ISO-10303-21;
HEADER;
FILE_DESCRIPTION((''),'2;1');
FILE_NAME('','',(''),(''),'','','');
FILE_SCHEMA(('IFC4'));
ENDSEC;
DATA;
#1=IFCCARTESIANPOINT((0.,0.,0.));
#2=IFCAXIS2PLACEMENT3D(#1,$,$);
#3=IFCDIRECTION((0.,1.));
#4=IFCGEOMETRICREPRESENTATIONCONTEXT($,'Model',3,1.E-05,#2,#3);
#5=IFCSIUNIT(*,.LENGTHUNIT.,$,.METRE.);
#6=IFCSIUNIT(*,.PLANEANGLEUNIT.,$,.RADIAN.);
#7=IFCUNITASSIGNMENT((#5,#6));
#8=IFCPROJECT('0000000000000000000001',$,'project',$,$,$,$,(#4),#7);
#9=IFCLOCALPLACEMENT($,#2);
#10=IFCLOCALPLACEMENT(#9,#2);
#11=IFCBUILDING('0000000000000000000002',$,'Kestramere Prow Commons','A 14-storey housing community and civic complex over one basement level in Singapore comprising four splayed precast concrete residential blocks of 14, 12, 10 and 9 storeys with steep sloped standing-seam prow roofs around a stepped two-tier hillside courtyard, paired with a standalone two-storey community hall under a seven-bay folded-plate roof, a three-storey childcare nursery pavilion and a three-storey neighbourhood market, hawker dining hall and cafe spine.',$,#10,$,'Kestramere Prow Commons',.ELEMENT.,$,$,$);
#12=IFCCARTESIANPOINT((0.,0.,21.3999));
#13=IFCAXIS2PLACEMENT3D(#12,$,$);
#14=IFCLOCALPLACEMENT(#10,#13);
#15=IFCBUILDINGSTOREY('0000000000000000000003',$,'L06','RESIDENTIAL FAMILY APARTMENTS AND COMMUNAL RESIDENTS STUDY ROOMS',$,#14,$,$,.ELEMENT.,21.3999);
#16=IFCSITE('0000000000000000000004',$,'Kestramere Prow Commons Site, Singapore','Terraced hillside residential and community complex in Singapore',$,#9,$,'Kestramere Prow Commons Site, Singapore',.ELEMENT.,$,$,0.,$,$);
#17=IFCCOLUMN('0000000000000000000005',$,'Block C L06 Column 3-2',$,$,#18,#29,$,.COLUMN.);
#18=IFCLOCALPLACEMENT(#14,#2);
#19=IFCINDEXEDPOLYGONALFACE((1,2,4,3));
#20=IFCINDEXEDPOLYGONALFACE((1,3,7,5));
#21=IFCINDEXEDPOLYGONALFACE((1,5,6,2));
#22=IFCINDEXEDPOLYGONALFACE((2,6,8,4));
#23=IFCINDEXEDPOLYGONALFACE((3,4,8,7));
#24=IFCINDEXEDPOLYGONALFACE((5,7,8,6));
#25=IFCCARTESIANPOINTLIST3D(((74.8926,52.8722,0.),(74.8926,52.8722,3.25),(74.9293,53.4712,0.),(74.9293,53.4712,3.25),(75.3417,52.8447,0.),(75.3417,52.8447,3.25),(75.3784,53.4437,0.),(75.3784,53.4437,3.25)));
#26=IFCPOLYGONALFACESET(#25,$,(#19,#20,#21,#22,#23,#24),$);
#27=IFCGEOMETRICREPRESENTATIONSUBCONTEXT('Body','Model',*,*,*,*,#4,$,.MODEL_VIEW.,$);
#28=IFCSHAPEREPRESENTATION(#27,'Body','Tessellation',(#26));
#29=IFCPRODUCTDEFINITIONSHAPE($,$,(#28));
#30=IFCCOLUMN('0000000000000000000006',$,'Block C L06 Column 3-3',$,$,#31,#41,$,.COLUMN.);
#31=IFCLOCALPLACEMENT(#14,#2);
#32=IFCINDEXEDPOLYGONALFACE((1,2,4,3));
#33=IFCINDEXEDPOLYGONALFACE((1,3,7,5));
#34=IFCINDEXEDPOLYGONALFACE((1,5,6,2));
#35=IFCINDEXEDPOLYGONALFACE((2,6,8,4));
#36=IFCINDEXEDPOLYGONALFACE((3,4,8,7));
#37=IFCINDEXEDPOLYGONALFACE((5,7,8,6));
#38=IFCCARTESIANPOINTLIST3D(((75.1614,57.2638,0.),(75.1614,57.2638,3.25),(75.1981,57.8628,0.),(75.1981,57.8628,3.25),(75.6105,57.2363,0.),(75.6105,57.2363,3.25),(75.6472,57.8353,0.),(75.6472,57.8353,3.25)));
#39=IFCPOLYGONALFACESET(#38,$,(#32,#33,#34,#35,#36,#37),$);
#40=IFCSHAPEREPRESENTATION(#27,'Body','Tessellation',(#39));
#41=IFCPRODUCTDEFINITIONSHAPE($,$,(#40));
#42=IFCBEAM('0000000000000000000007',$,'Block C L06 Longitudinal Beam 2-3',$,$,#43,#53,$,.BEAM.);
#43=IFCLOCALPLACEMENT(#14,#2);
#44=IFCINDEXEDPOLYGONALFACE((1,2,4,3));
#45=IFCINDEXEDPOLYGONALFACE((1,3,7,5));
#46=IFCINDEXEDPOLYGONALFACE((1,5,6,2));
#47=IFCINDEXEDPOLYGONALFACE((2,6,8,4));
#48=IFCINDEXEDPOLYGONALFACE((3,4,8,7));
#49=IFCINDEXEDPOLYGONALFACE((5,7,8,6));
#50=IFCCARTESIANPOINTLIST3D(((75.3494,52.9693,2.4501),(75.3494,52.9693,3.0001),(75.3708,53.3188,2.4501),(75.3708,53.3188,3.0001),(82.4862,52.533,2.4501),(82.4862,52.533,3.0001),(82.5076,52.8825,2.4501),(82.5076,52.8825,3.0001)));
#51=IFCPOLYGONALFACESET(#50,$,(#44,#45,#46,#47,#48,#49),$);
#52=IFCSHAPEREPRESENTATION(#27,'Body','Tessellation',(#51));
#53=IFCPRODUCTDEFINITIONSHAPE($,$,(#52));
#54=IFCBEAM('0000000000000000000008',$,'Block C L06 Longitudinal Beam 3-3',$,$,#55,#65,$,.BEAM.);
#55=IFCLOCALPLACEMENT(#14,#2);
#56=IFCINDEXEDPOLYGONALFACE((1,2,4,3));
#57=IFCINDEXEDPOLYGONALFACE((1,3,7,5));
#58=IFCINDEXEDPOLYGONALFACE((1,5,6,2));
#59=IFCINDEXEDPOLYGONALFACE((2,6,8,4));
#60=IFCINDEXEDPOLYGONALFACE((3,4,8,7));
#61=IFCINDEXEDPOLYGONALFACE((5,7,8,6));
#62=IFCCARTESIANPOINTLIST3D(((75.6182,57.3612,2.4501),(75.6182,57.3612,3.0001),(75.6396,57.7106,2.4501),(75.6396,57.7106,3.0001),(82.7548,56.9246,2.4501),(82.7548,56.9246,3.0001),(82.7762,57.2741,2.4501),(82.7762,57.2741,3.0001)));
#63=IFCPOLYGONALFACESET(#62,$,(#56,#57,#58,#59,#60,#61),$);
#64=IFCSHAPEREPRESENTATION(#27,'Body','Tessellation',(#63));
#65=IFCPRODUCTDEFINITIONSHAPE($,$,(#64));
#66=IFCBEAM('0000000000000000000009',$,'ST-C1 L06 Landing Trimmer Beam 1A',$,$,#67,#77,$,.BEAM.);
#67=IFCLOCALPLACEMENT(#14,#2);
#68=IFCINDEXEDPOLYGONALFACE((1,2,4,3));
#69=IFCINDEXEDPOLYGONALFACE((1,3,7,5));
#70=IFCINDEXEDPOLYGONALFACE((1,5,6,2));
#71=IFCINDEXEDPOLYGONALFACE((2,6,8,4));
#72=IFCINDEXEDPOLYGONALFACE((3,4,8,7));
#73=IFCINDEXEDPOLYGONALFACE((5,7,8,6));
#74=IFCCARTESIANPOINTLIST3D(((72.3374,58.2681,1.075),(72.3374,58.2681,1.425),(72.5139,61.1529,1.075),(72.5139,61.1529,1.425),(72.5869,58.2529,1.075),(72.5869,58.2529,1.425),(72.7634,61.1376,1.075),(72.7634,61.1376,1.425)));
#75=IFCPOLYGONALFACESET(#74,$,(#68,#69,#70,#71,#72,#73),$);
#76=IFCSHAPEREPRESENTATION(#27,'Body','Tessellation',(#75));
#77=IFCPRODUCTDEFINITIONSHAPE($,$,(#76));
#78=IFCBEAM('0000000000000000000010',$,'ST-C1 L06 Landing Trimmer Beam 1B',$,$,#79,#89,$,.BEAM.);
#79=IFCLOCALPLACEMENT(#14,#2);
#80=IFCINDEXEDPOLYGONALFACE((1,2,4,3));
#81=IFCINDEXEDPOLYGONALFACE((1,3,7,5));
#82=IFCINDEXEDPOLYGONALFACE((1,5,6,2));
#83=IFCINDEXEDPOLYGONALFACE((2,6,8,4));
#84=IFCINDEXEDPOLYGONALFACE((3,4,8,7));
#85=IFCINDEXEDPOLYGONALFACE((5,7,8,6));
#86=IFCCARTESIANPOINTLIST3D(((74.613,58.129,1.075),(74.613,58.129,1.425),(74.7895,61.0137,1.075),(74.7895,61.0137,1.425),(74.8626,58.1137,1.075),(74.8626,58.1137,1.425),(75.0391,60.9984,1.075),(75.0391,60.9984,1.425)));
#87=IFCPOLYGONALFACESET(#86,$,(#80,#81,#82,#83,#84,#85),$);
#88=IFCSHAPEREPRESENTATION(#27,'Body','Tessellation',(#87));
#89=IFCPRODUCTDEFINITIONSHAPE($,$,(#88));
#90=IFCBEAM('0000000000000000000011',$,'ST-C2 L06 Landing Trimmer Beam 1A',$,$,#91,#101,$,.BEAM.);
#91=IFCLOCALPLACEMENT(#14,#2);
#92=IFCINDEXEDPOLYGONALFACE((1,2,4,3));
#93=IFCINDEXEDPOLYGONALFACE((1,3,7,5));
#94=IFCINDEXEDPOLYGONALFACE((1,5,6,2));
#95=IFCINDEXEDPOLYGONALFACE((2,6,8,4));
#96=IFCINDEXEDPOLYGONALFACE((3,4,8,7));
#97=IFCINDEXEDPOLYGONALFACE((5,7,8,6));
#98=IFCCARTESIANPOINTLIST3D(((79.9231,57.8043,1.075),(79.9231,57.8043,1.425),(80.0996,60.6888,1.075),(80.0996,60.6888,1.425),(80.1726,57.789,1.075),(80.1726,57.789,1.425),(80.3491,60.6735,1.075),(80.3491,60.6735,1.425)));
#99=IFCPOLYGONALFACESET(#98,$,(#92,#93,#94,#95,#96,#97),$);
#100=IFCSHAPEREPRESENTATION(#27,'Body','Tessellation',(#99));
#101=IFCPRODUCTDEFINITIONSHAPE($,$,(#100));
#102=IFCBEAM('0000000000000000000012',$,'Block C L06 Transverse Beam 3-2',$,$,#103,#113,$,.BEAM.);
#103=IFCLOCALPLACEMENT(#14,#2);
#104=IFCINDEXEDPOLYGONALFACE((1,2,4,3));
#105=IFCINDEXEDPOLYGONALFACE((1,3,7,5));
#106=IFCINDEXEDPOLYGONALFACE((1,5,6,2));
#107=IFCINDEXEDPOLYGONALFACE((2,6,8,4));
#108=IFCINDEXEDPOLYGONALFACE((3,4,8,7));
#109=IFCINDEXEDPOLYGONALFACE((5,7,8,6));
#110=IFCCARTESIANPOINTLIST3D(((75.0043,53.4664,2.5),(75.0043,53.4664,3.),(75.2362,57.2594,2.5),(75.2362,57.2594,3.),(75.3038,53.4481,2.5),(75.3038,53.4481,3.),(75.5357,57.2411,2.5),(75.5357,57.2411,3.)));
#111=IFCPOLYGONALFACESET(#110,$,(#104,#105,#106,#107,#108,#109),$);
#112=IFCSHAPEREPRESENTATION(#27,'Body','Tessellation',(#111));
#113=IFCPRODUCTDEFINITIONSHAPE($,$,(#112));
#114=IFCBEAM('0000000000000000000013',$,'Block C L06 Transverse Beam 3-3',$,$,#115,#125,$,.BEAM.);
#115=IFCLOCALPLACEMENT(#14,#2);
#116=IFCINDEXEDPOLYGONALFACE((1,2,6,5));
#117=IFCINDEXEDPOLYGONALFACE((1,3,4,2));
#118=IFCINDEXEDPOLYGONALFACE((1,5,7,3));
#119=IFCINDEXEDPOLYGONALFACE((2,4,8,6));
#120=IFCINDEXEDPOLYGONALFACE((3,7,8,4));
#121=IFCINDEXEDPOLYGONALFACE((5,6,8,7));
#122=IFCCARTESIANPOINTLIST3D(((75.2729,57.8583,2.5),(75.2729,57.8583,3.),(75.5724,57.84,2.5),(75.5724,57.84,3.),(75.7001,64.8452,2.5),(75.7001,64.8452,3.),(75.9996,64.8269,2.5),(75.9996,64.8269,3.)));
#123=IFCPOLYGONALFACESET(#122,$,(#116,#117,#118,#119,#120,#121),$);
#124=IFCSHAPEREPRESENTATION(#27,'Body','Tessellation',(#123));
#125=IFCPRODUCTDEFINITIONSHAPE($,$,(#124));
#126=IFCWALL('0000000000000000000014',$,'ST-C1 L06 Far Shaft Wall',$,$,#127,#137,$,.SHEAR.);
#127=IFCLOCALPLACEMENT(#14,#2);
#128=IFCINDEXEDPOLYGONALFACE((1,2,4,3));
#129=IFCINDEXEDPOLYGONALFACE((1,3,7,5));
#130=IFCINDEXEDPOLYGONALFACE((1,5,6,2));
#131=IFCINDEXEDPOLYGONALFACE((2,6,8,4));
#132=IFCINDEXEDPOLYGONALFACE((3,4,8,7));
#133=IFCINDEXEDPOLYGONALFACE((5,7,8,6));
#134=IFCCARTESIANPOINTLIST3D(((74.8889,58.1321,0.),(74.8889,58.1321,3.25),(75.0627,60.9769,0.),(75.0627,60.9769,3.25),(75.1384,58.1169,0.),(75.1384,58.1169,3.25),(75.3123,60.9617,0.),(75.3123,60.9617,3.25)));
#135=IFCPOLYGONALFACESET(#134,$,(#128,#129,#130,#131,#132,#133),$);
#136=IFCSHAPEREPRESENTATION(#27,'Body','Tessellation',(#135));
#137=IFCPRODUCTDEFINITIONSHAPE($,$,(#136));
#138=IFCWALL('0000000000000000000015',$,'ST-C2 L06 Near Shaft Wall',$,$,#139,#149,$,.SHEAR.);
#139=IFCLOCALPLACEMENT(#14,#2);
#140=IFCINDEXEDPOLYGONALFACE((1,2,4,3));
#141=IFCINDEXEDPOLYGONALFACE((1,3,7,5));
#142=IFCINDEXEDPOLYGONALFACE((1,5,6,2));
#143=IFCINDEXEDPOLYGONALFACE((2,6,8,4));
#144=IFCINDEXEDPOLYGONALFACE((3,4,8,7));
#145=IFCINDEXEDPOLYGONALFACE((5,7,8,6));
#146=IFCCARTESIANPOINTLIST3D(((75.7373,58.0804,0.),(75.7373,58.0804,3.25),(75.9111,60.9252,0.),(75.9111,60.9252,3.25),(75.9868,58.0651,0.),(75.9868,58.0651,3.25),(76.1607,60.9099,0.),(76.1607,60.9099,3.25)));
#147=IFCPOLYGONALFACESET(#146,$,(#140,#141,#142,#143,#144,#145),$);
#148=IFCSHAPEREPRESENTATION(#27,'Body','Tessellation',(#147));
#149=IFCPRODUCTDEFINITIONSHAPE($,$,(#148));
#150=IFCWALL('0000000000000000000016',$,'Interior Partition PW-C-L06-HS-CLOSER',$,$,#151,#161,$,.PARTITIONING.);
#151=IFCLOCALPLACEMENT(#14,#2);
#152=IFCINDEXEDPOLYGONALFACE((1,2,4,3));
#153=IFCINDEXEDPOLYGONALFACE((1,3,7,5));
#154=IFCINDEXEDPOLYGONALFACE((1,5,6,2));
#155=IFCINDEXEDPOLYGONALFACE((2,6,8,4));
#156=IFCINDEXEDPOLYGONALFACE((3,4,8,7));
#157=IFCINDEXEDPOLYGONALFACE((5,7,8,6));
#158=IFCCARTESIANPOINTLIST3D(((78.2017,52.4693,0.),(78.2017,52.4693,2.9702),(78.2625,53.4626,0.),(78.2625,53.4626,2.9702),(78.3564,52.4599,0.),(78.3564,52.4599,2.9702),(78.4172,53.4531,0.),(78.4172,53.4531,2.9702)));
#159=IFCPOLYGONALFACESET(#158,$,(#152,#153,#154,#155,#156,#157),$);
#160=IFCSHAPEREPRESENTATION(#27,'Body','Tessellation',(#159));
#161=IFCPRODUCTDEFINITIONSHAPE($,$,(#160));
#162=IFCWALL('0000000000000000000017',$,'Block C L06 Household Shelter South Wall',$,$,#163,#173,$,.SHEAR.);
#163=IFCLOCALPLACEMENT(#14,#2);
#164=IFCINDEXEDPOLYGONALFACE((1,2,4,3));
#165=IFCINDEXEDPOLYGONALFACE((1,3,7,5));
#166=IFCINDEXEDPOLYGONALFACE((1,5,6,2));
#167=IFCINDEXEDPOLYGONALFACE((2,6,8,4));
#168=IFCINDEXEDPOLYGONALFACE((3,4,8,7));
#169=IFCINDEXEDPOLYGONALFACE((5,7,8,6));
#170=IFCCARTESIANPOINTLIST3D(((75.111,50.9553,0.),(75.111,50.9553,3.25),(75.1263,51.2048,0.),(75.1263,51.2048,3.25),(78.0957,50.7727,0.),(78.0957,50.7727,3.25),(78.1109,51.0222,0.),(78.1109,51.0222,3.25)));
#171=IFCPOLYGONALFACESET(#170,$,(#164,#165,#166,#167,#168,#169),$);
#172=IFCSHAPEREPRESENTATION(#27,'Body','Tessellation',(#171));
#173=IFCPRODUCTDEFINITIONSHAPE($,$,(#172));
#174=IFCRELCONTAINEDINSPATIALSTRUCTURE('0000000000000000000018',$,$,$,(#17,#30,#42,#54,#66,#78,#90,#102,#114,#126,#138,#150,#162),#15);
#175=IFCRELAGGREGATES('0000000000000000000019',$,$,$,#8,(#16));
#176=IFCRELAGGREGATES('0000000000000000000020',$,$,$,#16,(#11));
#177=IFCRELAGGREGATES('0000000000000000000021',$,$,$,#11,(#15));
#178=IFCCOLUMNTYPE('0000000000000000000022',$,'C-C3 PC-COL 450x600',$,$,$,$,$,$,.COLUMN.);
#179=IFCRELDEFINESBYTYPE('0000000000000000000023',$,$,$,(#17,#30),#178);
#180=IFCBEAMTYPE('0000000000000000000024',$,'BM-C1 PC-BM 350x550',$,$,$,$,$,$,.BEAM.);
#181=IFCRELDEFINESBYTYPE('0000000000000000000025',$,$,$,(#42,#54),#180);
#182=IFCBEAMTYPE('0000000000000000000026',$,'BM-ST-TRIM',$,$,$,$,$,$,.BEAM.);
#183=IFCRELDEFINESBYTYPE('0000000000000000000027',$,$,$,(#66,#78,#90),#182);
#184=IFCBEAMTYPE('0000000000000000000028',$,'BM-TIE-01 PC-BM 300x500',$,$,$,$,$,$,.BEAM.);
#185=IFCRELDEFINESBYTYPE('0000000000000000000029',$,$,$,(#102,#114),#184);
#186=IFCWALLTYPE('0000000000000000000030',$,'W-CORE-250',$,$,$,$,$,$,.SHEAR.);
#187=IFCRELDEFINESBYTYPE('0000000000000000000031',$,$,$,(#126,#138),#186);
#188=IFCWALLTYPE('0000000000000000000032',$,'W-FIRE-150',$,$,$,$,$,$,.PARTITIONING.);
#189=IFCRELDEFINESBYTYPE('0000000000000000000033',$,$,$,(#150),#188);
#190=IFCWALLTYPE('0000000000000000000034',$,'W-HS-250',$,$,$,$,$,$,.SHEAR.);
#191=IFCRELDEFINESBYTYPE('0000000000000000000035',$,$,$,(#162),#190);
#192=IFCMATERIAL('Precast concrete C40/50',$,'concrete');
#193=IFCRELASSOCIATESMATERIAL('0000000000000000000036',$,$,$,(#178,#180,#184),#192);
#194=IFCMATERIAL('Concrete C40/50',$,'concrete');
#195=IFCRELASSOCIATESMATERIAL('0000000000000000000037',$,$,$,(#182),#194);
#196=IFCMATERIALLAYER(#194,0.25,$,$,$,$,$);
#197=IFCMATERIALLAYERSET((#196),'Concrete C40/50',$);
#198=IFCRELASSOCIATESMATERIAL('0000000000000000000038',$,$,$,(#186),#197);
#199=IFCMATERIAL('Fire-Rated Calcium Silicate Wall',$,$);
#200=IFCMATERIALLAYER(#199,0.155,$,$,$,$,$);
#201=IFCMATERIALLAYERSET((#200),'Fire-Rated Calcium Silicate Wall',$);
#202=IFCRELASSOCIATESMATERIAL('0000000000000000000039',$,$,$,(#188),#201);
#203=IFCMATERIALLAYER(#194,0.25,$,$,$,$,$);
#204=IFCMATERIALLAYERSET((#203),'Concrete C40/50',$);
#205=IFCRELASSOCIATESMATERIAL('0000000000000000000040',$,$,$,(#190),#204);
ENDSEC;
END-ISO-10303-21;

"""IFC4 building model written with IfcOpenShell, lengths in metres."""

from ifc_helpers import new_model, si_unit, direction, frame, frame_2d, origin, origin_2d, place, context, subcontext, project, spatial, rectangle, extrude, material, layer, layer_set, material_profile, profile_set, type_object, element, save


model = new_model("IFC4")

# Units and contexts
model_context = context("Model", 3, precision=1e-05, world=origin(), true_north=direction((0.0, 1.0)))
body_context = subcontext(model_context, "Body", "Model", "MODEL_VIEW")
ifc_project = project(units=[si_unit("LENGTHUNIT", "METRE"), si_unit("PLANEANGLEUNIT", "RADIAN")], contexts=[model_context])

# Site, building, storey
site_placement = place(None, origin())
site = spatial("IfcSite", under=ifc_project, at=site_placement, Name="Kestramere Prow Commons Site, Singapore", Description="Terraced hillside residential and community complex in Singapore", LongName="Kestramere Prow Commons Site, Singapore", CompositionType="ELEMENT", RefElevation=0.0)
building_placement = place(site_placement, origin())
building = spatial("IfcBuilding", under=site, at=building_placement, Name="Kestramere Prow Commons", Description="A 14-storey housing community and civic complex over one basement level in Singapore comprising four splayed precast concrete residential blocks of 14, 12, 10 and 9 storeys with steep sloped standing-seam prow roofs around a stepped two-tier hillside courtyard, paired with a standalone two-storey community hall under a seven-bay folded-plate roof, a three-storey childcare nursery pavilion and a three-storey neighbourhood market, hawker dining hall and cafe spine.", LongName="Kestramere Prow Commons", CompositionType="ELEMENT")
storey_placement = place(building_placement, frame((0.0, 0.0, 21.3999)))
storey = spatial("IfcBuildingStorey", under=building, at=storey_placement, Name="L06", Description="RESIDENTIAL FAMILY APARTMENTS AND COMMUNAL RESIDENTS STUDY ROOMS", CompositionType="ELEMENT", Elevation=21.3999)

# Columns
ifc_material_1 = material(Name="Precast concrete C40/50", Category="concrete")
ifc_material_profile_1 = material_profile(ifc_material_1, rectangle(XDim=0.45, YDim=0.6001, at=origin_2d()), Name="PC-COL 450x600")
ifc_profile_set_1 = profile_set([ifc_material_profile_1], Name="Precast concrete C40/50")
column_type = type_object("IfcColumnType", Name="C-C3 PC-COL 450x600", PredefinedType="COLUMN", material=ifc_profile_set_1)
for number, where, z_axis, x_axis, name in (
    (1, (75.1355, 53.158, 0.0), (0.0, 0.0, 1.0), (0.998135, -0.061049, 0.0), "Block C L06 Column 3-2"),
    (2, (75.4043, 57.5496, 0.0), (0.0, 0.0, 1.0), (0.998135, -0.061049, 0.0), "Block C L06 Column 3-3"),
):
    element("IfcColumn", number, at=place(storey_placement, frame(where, z_axis=z_axis, x_axis=x_axis)), inside=storey, type_object=column_type, Name=name, PredefinedType="COLUMN", context=body_context, shape_type="SweptSolid", body=[
        extrude(rectangle(XDim=0.45, YDim=0.6001, at=origin_2d()), origin(), (0.0, 0.0, 1.0), 3.25),
    ])

# Beams
ifc_material_profile_2 = material_profile(ifc_material_1, rectangle(XDim=0.3501, YDim=0.55, at=origin_2d()), Name="PC-BM 350x550")
ifc_profile_set_2 = profile_set([ifc_material_profile_2], Name="Precast concrete C40/50")
beam_type_1 = type_object("IfcBeamType", Name="BM-C1 PC-BM 350x550", PredefinedType="BEAM", material=ifc_profile_set_2)
beam_1_placement = place(storey_placement, frame((75.3601, 53.144, 2.7251), z_axis=(0.998137, -0.061018, 0.0), x_axis=(0.061018, 0.998137, 0.0)))
element("IfcBeam", 3, at=beam_1_placement, inside=storey, type_object=beam_type_1, Name="Block C L06 Longitudinal Beam 2-3", PredefinedType="BEAM", context=body_context, shape_type="SweptSolid", body=[
    extrude(rectangle(XDim=0.3501, YDim=0.55, at=origin_2d()), origin(), (0.0, 0.0, 1.0), 7.1501),
])
beam_2_placement = place(storey_placement, frame((75.6289, 57.5359, 2.7251), z_axis=(0.998134, -0.061054, 0.0), x_axis=(0.061054, 0.998134, 0.0)))
element("IfcBeam", 4, at=beam_2_placement, inside=storey, type_object=beam_type_1, Name="Block C L06 Longitudinal Beam 3-3", PredefinedType="BEAM", context=body_context, shape_type="SweptSolid", body=[
    extrude(rectangle(XDim=0.3501, YDim=0.55, at=origin_2d()), origin(), (0.0, 0.0, 1.0), 7.1499),
])
ifc_material_2 = material(Name="Concrete C40/50", Category="concrete")
ifc_material_profile_3 = material_profile(ifc_material_2, rectangle(XDim=0.25, YDim=0.3501, at=origin_2d()), Name="PC-BM 250x350")
ifc_profile_set_3 = profile_set([ifc_material_profile_3], Name="Concrete C40/50")
beam_type_2 = type_object("IfcBeamType", Name="BM-ST-TRIM", PredefinedType="BEAM", material=ifc_profile_set_3)
for number, where, z_axis, x_axis, name in (
    (5, (72.4622, 58.2605, 1.25), (0.061074, 0.998133, 0.0), (-0.998133, 0.061074, 0.0), "ST-C1 L06 Landing Trimmer Beam 1A"),
    (6, (74.7378, 58.1213, 1.25), (0.061074, 0.998133, 0.0), (-0.998133, 0.061074, 0.0), "ST-C1 L06 Landing Trimmer Beam 1B"),
):
    element("IfcBeam", number, at=place(storey_placement, frame(where, z_axis=z_axis, x_axis=x_axis)), inside=storey, type_object=beam_type_2, Name=name, PredefinedType="BEAM", context=body_context, shape_type="SweptSolid", body=[
        extrude(rectangle(XDim=0.25, YDim=0.3501, at=origin_2d()), origin(), (0.0, 0.0, 1.0), 2.8901),
    ])
beam_3_placement = place(storey_placement, frame((80.0479, 57.7966, 1.25), z_axis=(0.061079, 0.998133, 0.0), x_axis=(-0.998133, 0.061079, 0.0)))
element("IfcBeam", 7, at=beam_3_placement, inside=storey, type_object=beam_type_2, Name="ST-C2 L06 Landing Trimmer Beam 1A", PredefinedType="BEAM", context=body_context, shape_type="SweptSolid", body=[
    extrude(rectangle(XDim=0.25, YDim=0.3501, at=origin_2d()), origin(), (0.0, 0.0, 1.0), 2.8899),
])
ifc_material_profile_4 = material_profile(ifc_material_1, rectangle(XDim=0.3, YDim=0.5, at=origin_2d()), Name="PC-BM 300x500")
ifc_profile_set_4 = profile_set([ifc_material_profile_4], Name="Precast concrete C40/50")
beam_type_3 = type_object("IfcBeamType", Name="BM-TIE-01 PC-BM 300x500", PredefinedType="BEAM", material=ifc_profile_set_4)
beam_4_placement = place(storey_placement, frame((75.1541, 53.4573, 2.75), z_axis=(0.061034, 0.998136, 0.0), x_axis=(-0.998136, 0.061034, 0.0)))
element("IfcBeam", 8, at=beam_4_placement, inside=storey, type_object=beam_type_3, Name="Block C L06 Transverse Beam 3-2", PredefinedType="BEAM", context=body_context, shape_type="SweptSolid", body=[
    extrude(rectangle(XDim=0.3, YDim=0.5, at=origin_2d()), origin(), (0.0, 0.0, 1.0), 3.8),
])
beam_5_placement = place(storey_placement, frame((75.4226, 57.8491, 2.75), z_axis=(0.061034, 0.998136, 0.0), x_axis=(-0.998136, 0.061034, 0.0)))
element("IfcBeam", 9, at=beam_5_placement, inside=storey, type_object=beam_type_3, Name="Block C L06 Transverse Beam 3-3", PredefinedType="BEAM", context=body_context, shape_type="SweptSolid", body=[
    extrude(rectangle(XDim=0.3, YDim=0.5, at=origin_2d()), origin(), (0.0, 0.0, 1.0), 7.0),
])

# Wall
ifc_layer_1 = layer(ifc_material_2, 0.25)
ifc_layer_set_1 = layer_set([ifc_layer_1], Name="Concrete C40/50")
wall_type_1 = type_object("IfcWallType", Name="W-CORE-250", PredefinedType="SHEAR", material=ifc_layer_set_1)
wall_1_placement = place(storey_placement, frame((75.0137, 58.1245, 0.0), z_axis=(0.0, 0.0, 1.0), x_axis=(0.060992, 0.998138, 0.0)))
element("IfcWall", 10, at=wall_1_placement, inside=storey, type_object=wall_type_1, Name="ST-C1 L06 Far Shaft Wall", PredefinedType="SHEAR", context=body_context, shape_type="SweptSolid", body=[
    extrude(rectangle(XDim=2.8501, YDim=0.25, at=frame_2d((1.425, 0.0))), origin(), (0.0, 0.0, 1.0), 3.25),
])

# Walls
wall_2_placement = place(storey_placement, frame((75.8621, 58.0728, 0.0), z_axis=(0.0, 0.0, 1.0), x_axis=(0.060992, 0.998138, 0.0)))
element("IfcWall", 11, at=wall_2_placement, inside=storey, type_object=wall_type_1, Name="ST-C2 L06 Near Shaft Wall", PredefinedType="SHEAR", context=body_context, shape_type="SweptSolid", body=[
    extrude(rectangle(XDim=2.8501, YDim=0.25, at=frame_2d((1.425, 0.0))), origin(), (0.0, 0.0, 1.0), 3.25),
])
ifc_material_3 = material(Name="Fire-Rated Calcium Silicate Wall")
ifc_layer_2 = layer(ifc_material_3, 0.155)
ifc_layer_set_2 = layer_set([ifc_layer_2], Name="Fire-Rated Calcium Silicate Wall")
wall_type_2 = type_object("IfcWallType", Name="W-FIRE-150", PredefinedType="PARTITIONING", material=ifc_layer_set_2)
wall_3_placement = place(storey_placement, frame((78.2791, 52.4646, 0.0), z_axis=(0.0, 0.0, 1.0), x_axis=(0.061095, 0.998132, 0.0)))
element("IfcWall", 12, at=wall_3_placement, inside=storey, type_object=wall_type_2, Name="Interior Partition PW-C-L06-HS-CLOSER", PredefinedType="PARTITIONING", context=body_context, shape_type="SweptSolid", body=[
    extrude(rectangle(XDim=0.9951, YDim=0.155, at=frame_2d((0.4976, 0.0))), origin(), (0.0, 0.0, 1.0), 2.9702),
])

# Wall
ifc_layer_3 = layer(ifc_material_2, 0.25)
ifc_layer_set_3 = layer_set([ifc_layer_3], Name="Concrete C40/50")
wall_type_3 = type_object("IfcWallType", Name="W-HS-250", PredefinedType="SHEAR", material=ifc_layer_set_3)
wall_4_placement = place(storey_placement, frame((75.1187, 51.0801, 0.0), z_axis=(0.0, 0.0, 1.0), x_axis=(0.998133, -0.061072, 0.0)))
element("IfcWall", 13, at=wall_4_placement, inside=storey, type_object=wall_type_3, Name="Block C L06 Household Shelter South Wall", PredefinedType="SHEAR", context=body_context, shape_type="SweptSolid", body=[
    extrude(rectangle(XDim=2.9902, YDim=0.25, at=frame_2d((1.4951, 0.0))), origin(), (0.0, 0.0, 1.0), 3.25),
])

save(model, "model.ifc")
